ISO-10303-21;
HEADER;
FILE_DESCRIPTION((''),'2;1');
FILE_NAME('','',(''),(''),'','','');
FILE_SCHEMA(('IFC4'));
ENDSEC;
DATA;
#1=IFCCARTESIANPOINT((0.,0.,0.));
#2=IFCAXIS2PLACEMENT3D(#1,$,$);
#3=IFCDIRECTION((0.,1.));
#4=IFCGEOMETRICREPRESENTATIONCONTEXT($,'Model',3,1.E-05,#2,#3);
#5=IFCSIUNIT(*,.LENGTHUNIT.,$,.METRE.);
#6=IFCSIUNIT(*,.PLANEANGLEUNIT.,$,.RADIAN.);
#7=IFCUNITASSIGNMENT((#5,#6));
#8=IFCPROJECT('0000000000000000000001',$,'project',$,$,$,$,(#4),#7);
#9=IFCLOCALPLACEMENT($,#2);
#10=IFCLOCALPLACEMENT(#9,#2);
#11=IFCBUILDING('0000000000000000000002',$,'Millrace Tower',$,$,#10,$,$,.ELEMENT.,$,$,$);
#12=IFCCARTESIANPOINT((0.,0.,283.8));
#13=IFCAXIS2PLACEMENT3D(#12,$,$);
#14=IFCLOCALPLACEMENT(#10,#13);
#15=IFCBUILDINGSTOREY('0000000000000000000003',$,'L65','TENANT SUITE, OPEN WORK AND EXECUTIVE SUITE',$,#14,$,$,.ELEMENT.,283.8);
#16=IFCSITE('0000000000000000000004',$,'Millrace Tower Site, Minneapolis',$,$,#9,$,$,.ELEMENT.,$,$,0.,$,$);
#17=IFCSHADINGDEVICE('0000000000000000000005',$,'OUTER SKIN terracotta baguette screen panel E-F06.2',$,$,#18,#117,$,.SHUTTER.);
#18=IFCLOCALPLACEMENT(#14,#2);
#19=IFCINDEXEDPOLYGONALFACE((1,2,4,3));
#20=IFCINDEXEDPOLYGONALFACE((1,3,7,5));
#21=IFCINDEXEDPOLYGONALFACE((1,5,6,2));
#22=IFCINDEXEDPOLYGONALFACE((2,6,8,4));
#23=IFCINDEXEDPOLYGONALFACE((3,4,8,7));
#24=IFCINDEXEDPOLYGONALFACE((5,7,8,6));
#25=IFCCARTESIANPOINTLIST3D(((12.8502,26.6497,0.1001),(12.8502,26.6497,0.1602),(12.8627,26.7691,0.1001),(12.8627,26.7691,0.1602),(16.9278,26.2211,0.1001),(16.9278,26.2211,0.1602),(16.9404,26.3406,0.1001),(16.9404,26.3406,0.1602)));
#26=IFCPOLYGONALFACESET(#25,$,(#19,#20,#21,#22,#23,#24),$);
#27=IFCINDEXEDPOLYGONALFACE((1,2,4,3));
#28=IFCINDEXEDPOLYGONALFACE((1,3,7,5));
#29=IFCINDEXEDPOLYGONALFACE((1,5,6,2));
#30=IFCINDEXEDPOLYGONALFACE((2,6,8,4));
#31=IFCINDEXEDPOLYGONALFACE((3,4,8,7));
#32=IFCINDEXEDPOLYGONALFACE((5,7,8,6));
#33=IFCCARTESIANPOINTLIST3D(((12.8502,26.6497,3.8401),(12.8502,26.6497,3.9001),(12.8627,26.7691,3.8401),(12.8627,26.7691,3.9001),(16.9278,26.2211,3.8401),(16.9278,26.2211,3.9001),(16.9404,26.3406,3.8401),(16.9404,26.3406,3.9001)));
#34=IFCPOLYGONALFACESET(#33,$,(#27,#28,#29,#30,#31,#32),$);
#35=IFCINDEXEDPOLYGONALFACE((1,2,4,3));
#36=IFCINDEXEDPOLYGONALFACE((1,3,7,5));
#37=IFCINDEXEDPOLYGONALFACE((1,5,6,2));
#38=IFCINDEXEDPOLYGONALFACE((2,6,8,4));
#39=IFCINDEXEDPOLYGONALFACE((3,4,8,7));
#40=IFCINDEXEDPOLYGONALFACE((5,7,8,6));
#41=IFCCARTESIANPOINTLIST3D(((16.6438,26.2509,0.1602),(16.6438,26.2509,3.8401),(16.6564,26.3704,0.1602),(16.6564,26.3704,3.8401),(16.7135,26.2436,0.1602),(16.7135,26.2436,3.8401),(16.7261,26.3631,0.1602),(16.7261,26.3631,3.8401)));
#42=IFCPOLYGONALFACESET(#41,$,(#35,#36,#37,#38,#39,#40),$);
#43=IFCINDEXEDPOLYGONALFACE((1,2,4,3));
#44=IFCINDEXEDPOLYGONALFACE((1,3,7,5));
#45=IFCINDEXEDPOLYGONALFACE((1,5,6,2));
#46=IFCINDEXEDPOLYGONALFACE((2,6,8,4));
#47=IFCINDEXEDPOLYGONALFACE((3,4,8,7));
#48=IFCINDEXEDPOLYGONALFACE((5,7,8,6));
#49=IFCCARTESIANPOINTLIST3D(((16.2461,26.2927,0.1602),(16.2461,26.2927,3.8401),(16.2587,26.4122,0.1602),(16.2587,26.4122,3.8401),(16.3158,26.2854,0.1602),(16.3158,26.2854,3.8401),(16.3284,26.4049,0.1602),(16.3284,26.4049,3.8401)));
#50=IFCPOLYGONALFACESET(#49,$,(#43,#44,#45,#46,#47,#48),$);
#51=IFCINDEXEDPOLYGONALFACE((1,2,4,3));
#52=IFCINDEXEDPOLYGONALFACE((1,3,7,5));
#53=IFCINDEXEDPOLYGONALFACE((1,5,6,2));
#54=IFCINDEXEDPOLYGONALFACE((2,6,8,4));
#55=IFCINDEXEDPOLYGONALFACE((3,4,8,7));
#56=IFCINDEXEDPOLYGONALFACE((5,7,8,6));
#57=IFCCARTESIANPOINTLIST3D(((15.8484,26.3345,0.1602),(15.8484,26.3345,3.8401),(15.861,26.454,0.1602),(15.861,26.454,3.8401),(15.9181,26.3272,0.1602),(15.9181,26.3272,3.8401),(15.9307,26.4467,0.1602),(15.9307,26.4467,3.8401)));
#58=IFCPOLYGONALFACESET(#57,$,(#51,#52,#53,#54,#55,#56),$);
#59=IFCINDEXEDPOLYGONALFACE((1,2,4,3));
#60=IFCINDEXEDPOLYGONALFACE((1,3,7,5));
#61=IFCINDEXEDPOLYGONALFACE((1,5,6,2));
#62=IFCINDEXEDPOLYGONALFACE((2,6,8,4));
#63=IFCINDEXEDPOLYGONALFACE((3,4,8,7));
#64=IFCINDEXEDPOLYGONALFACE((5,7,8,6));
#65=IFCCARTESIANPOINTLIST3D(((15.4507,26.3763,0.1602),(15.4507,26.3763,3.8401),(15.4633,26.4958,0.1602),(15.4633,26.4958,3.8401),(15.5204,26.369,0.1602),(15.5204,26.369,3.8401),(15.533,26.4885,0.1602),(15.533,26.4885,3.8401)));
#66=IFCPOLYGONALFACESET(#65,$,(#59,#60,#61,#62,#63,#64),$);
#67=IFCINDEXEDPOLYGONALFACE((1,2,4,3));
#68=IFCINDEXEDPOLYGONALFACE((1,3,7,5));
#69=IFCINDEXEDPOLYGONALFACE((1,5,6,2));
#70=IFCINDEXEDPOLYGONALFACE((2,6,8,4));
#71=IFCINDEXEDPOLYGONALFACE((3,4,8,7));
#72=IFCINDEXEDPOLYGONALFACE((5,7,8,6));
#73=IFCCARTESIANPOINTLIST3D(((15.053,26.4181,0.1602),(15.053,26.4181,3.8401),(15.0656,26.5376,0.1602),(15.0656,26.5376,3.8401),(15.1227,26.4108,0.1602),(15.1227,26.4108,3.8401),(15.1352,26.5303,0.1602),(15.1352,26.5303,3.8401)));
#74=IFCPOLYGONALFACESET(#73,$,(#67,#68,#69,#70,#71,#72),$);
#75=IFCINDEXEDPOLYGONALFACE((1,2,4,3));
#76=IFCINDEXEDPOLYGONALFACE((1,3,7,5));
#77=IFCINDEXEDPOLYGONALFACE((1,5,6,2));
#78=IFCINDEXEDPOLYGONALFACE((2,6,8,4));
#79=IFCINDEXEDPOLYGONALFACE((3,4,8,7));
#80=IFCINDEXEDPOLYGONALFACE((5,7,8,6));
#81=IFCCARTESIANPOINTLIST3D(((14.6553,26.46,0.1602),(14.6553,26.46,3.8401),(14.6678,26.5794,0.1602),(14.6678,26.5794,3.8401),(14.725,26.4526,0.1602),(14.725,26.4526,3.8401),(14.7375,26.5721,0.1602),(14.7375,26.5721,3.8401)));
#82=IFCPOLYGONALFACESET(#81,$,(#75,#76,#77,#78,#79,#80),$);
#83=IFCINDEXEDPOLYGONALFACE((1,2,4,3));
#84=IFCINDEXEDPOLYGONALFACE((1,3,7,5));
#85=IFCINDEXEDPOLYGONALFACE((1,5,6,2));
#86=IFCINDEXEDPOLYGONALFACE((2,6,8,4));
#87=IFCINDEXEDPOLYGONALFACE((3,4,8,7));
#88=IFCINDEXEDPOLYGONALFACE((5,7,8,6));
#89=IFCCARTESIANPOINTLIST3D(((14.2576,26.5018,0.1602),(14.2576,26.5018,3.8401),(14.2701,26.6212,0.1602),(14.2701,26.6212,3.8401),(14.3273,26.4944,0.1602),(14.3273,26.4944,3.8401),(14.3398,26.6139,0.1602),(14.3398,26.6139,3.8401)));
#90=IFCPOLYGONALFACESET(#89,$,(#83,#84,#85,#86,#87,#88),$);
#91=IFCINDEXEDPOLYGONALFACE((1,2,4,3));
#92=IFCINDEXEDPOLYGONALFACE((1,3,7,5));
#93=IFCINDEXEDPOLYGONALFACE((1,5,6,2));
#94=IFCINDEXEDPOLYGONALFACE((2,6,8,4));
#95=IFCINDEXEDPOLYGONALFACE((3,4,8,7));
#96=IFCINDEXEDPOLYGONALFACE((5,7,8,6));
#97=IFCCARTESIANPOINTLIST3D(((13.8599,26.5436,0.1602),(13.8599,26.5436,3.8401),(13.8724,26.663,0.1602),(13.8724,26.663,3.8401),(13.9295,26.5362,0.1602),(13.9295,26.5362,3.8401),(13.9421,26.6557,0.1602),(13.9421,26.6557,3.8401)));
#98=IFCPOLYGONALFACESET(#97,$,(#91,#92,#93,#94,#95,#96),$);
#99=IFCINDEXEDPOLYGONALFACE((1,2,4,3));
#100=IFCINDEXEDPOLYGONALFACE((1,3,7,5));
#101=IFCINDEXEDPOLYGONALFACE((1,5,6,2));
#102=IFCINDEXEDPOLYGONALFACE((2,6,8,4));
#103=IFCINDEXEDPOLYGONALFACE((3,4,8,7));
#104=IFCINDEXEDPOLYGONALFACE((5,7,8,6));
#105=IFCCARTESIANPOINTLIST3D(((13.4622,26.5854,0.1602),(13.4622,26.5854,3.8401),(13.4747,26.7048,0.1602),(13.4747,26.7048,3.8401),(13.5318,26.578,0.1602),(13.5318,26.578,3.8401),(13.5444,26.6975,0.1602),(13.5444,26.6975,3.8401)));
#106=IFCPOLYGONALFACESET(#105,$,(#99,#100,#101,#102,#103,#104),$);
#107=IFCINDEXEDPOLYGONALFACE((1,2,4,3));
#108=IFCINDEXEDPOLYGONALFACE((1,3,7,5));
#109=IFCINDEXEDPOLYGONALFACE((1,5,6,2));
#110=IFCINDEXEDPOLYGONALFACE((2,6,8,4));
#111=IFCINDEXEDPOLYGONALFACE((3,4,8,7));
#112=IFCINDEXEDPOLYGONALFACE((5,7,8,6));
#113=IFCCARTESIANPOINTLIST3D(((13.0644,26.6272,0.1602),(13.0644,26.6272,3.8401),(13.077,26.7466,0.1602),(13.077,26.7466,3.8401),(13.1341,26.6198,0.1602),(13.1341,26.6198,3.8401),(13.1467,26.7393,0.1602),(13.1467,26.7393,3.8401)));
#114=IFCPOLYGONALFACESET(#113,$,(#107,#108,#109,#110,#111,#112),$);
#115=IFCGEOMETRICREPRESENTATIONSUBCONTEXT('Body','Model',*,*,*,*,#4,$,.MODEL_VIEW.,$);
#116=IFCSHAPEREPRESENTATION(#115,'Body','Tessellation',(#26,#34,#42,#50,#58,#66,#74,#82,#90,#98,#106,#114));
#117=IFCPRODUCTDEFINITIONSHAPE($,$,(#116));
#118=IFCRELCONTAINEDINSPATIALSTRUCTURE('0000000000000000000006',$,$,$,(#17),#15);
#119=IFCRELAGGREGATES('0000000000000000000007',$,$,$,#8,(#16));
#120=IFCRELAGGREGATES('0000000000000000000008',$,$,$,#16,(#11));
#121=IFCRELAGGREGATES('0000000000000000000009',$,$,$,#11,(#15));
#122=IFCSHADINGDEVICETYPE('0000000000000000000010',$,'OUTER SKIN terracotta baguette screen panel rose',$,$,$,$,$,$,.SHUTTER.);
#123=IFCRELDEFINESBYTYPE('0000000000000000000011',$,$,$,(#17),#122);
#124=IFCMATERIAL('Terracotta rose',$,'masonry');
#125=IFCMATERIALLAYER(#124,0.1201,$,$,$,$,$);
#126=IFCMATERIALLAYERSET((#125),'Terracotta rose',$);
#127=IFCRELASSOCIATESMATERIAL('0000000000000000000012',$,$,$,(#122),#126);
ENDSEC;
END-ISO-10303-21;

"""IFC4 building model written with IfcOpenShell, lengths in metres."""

from ifc_helpers import new_model, entity, si_unit, direction, frame, frame_2d, origin, place, context, subcontext, project, spatial, rectangle, extrude, source, transform, mapped, material, layer, layer_set, type_object, element, save


model = new_model("IFC4")

# Units and contexts
model_context = context("Model", 3, precision=1e-05, world=origin(), true_north=direction((0.0, 1.0)))
body_context = subcontext(model_context, "Body", "Model", "MODEL_VIEW")
ifc_project = project(units=[si_unit("LENGTHUNIT", "METRE"), si_unit("PLANEANGLEUNIT", "RADIAN")], contexts=[model_context])

# Site, building, storey
site_placement = place(None, origin())
site = spatial("IfcSite", under=ifc_project, at=site_placement, Name="Millrace Tower Site, Minneapolis", CompositionType="ELEMENT", RefElevation=0.0)
building_placement = place(site_placement, origin())
building = spatial("IfcBuilding", under=site, at=building_placement, Name="Millrace Tower", CompositionType="ELEMENT")
storey_placement = place(building_placement, frame((0.0, 0.0, 283.8)))
storey = spatial("IfcBuildingStorey", under=building, at=storey_placement, Name="L65", Description="TENANT SUITE, OPEN WORK AND EXECUTIVE SUITE", CompositionType="ELEMENT", Elevation=283.8)

# Shading device
ifc_material_1 = material(Name="Terracotta rose", Category="masonry")
ifc_layer_1 = layer(ifc_material_1, 0.1201)
ifc_layer_set_1 = layer_set([ifc_layer_1], Name="Terracotta rose")
shading_device_type = type_object("IfcShadingDeviceType", Name="OUTER SKIN terracotta baguette screen panel rose", PredefinedType="SHUTTER", material=ifc_layer_set_1)
cartesian_point_1 = entity("IfcCartesianPoint", [-2.05, 0.0601])
shared_polyline_1 = entity("IfcPolyline", [cartesian_point_1, entity("IfcCartesianPoint", [2.05, 0.0601]), entity("IfcCartesianPoint", [2.05, -0.0601]), entity("IfcCartesianPoint", [-2.05, -0.0601]), cartesian_point_1])
shared_shape_1 = source(origin(), body_context, "Body", "SweptSolid", [
    entity("IfcExtrudedAreaSolid", entity("IfcArbitraryClosedProfileDef", "AREA", None, shared_polyline_1), entity("IfcAxis2Placement3D", entity("IfcCartesianPoint", [0.0, 0.0, 0.0])), entity("IfcDirection", [0.0, 0.0, 1.0]), 0.0601),
    entity("IfcExtrudedAreaSolid", entity("IfcArbitraryClosedProfileDef", "AREA", None, shared_polyline_1), entity("IfcAxis2Placement3D", entity("IfcCartesianPoint", [0.0, 0.0, 3.74])), entity("IfcDirection", [0.0, 0.0, 1.0]), 0.0601),
    extrude(rectangle(XDim=0.0701, YDim=0.1201, at=frame_2d((-1.7996, 0.0))), frame((0.0, 0.0, 0.0601)), (0.0, 0.0, 1.0), 3.6799),
    extrude(rectangle(XDim=0.0701, YDim=0.1201, at=frame_2d((-1.3997, 0.0))), frame((0.0, 0.0, 0.0601)), (0.0, 0.0, 1.0), 3.6799),
    extrude(rectangle(XDim=0.0701, YDim=0.1201, at=frame_2d((-0.9998, 0.0))), frame((0.0, 0.0, 0.0601)), (0.0, 0.0, 1.0), 3.6799),
    extrude(rectangle(XDim=0.0701, YDim=0.1201, at=frame_2d((-0.5999, 0.0))), frame((0.0, 0.0, 0.0601)), (0.0, 0.0, 1.0), 3.6799),
    extrude(rectangle(XDim=0.0701, YDim=0.1201, at=frame_2d((-0.2, 0.0))), frame((0.0, 0.0, 0.0601)), (0.0, 0.0, 1.0), 3.6799),
    extrude(rectangle(XDim=0.0701, YDim=0.1201, at=frame_2d((0.2, 0.0))), frame((0.0, 0.0, 0.0601)), (0.0, 0.0, 1.0), 3.6799),
    extrude(rectangle(XDim=0.0701, YDim=0.1201, at=frame_2d((0.5999, 0.0))), frame((0.0, 0.0, 0.0601)), (0.0, 0.0, 1.0), 3.6799),
    extrude(rectangle(XDim=0.0701, YDim=0.1201, at=frame_2d((0.9998, 0.0))), frame((0.0, 0.0, 0.0601)), (0.0, 0.0, 1.0), 3.6799),
    extrude(rectangle(XDim=0.0701, YDim=0.1201, at=frame_2d((1.3997, 0.0))), frame((0.0, 0.0, 0.0601)), (0.0, 0.0, 1.0), 3.6799),
    extrude(rectangle(XDim=0.0701, YDim=0.1201, at=frame_2d((1.7996, 0.0))), frame((0.0, 0.0, 0.0601)), (0.0, 0.0, 1.0), 3.6799),
])
for number, where, z_axis, x_axis, name in (
    (1, (14.8953, 26.4951, 0.1001), (0.0, 0.0, 1.0), (-0.994522, 0.104528, 0.0), "OUTER SKIN terracotta baguette screen panel E-F06.2"),
):
    element("IfcShadingDevice", number, at=place(storey_placement, frame(where, z_axis=z_axis, x_axis=x_axis)), inside=storey, type_object=shading_device_type, Name=name, PredefinedType="SHUTTER", context=body_context, shape_type="MappedRepresentation", body=[
        mapped(shared_shape_1, transform((0.0, 0.0, 0.0), scale=1.0)),
    ])

save(model, "model.ifc")
